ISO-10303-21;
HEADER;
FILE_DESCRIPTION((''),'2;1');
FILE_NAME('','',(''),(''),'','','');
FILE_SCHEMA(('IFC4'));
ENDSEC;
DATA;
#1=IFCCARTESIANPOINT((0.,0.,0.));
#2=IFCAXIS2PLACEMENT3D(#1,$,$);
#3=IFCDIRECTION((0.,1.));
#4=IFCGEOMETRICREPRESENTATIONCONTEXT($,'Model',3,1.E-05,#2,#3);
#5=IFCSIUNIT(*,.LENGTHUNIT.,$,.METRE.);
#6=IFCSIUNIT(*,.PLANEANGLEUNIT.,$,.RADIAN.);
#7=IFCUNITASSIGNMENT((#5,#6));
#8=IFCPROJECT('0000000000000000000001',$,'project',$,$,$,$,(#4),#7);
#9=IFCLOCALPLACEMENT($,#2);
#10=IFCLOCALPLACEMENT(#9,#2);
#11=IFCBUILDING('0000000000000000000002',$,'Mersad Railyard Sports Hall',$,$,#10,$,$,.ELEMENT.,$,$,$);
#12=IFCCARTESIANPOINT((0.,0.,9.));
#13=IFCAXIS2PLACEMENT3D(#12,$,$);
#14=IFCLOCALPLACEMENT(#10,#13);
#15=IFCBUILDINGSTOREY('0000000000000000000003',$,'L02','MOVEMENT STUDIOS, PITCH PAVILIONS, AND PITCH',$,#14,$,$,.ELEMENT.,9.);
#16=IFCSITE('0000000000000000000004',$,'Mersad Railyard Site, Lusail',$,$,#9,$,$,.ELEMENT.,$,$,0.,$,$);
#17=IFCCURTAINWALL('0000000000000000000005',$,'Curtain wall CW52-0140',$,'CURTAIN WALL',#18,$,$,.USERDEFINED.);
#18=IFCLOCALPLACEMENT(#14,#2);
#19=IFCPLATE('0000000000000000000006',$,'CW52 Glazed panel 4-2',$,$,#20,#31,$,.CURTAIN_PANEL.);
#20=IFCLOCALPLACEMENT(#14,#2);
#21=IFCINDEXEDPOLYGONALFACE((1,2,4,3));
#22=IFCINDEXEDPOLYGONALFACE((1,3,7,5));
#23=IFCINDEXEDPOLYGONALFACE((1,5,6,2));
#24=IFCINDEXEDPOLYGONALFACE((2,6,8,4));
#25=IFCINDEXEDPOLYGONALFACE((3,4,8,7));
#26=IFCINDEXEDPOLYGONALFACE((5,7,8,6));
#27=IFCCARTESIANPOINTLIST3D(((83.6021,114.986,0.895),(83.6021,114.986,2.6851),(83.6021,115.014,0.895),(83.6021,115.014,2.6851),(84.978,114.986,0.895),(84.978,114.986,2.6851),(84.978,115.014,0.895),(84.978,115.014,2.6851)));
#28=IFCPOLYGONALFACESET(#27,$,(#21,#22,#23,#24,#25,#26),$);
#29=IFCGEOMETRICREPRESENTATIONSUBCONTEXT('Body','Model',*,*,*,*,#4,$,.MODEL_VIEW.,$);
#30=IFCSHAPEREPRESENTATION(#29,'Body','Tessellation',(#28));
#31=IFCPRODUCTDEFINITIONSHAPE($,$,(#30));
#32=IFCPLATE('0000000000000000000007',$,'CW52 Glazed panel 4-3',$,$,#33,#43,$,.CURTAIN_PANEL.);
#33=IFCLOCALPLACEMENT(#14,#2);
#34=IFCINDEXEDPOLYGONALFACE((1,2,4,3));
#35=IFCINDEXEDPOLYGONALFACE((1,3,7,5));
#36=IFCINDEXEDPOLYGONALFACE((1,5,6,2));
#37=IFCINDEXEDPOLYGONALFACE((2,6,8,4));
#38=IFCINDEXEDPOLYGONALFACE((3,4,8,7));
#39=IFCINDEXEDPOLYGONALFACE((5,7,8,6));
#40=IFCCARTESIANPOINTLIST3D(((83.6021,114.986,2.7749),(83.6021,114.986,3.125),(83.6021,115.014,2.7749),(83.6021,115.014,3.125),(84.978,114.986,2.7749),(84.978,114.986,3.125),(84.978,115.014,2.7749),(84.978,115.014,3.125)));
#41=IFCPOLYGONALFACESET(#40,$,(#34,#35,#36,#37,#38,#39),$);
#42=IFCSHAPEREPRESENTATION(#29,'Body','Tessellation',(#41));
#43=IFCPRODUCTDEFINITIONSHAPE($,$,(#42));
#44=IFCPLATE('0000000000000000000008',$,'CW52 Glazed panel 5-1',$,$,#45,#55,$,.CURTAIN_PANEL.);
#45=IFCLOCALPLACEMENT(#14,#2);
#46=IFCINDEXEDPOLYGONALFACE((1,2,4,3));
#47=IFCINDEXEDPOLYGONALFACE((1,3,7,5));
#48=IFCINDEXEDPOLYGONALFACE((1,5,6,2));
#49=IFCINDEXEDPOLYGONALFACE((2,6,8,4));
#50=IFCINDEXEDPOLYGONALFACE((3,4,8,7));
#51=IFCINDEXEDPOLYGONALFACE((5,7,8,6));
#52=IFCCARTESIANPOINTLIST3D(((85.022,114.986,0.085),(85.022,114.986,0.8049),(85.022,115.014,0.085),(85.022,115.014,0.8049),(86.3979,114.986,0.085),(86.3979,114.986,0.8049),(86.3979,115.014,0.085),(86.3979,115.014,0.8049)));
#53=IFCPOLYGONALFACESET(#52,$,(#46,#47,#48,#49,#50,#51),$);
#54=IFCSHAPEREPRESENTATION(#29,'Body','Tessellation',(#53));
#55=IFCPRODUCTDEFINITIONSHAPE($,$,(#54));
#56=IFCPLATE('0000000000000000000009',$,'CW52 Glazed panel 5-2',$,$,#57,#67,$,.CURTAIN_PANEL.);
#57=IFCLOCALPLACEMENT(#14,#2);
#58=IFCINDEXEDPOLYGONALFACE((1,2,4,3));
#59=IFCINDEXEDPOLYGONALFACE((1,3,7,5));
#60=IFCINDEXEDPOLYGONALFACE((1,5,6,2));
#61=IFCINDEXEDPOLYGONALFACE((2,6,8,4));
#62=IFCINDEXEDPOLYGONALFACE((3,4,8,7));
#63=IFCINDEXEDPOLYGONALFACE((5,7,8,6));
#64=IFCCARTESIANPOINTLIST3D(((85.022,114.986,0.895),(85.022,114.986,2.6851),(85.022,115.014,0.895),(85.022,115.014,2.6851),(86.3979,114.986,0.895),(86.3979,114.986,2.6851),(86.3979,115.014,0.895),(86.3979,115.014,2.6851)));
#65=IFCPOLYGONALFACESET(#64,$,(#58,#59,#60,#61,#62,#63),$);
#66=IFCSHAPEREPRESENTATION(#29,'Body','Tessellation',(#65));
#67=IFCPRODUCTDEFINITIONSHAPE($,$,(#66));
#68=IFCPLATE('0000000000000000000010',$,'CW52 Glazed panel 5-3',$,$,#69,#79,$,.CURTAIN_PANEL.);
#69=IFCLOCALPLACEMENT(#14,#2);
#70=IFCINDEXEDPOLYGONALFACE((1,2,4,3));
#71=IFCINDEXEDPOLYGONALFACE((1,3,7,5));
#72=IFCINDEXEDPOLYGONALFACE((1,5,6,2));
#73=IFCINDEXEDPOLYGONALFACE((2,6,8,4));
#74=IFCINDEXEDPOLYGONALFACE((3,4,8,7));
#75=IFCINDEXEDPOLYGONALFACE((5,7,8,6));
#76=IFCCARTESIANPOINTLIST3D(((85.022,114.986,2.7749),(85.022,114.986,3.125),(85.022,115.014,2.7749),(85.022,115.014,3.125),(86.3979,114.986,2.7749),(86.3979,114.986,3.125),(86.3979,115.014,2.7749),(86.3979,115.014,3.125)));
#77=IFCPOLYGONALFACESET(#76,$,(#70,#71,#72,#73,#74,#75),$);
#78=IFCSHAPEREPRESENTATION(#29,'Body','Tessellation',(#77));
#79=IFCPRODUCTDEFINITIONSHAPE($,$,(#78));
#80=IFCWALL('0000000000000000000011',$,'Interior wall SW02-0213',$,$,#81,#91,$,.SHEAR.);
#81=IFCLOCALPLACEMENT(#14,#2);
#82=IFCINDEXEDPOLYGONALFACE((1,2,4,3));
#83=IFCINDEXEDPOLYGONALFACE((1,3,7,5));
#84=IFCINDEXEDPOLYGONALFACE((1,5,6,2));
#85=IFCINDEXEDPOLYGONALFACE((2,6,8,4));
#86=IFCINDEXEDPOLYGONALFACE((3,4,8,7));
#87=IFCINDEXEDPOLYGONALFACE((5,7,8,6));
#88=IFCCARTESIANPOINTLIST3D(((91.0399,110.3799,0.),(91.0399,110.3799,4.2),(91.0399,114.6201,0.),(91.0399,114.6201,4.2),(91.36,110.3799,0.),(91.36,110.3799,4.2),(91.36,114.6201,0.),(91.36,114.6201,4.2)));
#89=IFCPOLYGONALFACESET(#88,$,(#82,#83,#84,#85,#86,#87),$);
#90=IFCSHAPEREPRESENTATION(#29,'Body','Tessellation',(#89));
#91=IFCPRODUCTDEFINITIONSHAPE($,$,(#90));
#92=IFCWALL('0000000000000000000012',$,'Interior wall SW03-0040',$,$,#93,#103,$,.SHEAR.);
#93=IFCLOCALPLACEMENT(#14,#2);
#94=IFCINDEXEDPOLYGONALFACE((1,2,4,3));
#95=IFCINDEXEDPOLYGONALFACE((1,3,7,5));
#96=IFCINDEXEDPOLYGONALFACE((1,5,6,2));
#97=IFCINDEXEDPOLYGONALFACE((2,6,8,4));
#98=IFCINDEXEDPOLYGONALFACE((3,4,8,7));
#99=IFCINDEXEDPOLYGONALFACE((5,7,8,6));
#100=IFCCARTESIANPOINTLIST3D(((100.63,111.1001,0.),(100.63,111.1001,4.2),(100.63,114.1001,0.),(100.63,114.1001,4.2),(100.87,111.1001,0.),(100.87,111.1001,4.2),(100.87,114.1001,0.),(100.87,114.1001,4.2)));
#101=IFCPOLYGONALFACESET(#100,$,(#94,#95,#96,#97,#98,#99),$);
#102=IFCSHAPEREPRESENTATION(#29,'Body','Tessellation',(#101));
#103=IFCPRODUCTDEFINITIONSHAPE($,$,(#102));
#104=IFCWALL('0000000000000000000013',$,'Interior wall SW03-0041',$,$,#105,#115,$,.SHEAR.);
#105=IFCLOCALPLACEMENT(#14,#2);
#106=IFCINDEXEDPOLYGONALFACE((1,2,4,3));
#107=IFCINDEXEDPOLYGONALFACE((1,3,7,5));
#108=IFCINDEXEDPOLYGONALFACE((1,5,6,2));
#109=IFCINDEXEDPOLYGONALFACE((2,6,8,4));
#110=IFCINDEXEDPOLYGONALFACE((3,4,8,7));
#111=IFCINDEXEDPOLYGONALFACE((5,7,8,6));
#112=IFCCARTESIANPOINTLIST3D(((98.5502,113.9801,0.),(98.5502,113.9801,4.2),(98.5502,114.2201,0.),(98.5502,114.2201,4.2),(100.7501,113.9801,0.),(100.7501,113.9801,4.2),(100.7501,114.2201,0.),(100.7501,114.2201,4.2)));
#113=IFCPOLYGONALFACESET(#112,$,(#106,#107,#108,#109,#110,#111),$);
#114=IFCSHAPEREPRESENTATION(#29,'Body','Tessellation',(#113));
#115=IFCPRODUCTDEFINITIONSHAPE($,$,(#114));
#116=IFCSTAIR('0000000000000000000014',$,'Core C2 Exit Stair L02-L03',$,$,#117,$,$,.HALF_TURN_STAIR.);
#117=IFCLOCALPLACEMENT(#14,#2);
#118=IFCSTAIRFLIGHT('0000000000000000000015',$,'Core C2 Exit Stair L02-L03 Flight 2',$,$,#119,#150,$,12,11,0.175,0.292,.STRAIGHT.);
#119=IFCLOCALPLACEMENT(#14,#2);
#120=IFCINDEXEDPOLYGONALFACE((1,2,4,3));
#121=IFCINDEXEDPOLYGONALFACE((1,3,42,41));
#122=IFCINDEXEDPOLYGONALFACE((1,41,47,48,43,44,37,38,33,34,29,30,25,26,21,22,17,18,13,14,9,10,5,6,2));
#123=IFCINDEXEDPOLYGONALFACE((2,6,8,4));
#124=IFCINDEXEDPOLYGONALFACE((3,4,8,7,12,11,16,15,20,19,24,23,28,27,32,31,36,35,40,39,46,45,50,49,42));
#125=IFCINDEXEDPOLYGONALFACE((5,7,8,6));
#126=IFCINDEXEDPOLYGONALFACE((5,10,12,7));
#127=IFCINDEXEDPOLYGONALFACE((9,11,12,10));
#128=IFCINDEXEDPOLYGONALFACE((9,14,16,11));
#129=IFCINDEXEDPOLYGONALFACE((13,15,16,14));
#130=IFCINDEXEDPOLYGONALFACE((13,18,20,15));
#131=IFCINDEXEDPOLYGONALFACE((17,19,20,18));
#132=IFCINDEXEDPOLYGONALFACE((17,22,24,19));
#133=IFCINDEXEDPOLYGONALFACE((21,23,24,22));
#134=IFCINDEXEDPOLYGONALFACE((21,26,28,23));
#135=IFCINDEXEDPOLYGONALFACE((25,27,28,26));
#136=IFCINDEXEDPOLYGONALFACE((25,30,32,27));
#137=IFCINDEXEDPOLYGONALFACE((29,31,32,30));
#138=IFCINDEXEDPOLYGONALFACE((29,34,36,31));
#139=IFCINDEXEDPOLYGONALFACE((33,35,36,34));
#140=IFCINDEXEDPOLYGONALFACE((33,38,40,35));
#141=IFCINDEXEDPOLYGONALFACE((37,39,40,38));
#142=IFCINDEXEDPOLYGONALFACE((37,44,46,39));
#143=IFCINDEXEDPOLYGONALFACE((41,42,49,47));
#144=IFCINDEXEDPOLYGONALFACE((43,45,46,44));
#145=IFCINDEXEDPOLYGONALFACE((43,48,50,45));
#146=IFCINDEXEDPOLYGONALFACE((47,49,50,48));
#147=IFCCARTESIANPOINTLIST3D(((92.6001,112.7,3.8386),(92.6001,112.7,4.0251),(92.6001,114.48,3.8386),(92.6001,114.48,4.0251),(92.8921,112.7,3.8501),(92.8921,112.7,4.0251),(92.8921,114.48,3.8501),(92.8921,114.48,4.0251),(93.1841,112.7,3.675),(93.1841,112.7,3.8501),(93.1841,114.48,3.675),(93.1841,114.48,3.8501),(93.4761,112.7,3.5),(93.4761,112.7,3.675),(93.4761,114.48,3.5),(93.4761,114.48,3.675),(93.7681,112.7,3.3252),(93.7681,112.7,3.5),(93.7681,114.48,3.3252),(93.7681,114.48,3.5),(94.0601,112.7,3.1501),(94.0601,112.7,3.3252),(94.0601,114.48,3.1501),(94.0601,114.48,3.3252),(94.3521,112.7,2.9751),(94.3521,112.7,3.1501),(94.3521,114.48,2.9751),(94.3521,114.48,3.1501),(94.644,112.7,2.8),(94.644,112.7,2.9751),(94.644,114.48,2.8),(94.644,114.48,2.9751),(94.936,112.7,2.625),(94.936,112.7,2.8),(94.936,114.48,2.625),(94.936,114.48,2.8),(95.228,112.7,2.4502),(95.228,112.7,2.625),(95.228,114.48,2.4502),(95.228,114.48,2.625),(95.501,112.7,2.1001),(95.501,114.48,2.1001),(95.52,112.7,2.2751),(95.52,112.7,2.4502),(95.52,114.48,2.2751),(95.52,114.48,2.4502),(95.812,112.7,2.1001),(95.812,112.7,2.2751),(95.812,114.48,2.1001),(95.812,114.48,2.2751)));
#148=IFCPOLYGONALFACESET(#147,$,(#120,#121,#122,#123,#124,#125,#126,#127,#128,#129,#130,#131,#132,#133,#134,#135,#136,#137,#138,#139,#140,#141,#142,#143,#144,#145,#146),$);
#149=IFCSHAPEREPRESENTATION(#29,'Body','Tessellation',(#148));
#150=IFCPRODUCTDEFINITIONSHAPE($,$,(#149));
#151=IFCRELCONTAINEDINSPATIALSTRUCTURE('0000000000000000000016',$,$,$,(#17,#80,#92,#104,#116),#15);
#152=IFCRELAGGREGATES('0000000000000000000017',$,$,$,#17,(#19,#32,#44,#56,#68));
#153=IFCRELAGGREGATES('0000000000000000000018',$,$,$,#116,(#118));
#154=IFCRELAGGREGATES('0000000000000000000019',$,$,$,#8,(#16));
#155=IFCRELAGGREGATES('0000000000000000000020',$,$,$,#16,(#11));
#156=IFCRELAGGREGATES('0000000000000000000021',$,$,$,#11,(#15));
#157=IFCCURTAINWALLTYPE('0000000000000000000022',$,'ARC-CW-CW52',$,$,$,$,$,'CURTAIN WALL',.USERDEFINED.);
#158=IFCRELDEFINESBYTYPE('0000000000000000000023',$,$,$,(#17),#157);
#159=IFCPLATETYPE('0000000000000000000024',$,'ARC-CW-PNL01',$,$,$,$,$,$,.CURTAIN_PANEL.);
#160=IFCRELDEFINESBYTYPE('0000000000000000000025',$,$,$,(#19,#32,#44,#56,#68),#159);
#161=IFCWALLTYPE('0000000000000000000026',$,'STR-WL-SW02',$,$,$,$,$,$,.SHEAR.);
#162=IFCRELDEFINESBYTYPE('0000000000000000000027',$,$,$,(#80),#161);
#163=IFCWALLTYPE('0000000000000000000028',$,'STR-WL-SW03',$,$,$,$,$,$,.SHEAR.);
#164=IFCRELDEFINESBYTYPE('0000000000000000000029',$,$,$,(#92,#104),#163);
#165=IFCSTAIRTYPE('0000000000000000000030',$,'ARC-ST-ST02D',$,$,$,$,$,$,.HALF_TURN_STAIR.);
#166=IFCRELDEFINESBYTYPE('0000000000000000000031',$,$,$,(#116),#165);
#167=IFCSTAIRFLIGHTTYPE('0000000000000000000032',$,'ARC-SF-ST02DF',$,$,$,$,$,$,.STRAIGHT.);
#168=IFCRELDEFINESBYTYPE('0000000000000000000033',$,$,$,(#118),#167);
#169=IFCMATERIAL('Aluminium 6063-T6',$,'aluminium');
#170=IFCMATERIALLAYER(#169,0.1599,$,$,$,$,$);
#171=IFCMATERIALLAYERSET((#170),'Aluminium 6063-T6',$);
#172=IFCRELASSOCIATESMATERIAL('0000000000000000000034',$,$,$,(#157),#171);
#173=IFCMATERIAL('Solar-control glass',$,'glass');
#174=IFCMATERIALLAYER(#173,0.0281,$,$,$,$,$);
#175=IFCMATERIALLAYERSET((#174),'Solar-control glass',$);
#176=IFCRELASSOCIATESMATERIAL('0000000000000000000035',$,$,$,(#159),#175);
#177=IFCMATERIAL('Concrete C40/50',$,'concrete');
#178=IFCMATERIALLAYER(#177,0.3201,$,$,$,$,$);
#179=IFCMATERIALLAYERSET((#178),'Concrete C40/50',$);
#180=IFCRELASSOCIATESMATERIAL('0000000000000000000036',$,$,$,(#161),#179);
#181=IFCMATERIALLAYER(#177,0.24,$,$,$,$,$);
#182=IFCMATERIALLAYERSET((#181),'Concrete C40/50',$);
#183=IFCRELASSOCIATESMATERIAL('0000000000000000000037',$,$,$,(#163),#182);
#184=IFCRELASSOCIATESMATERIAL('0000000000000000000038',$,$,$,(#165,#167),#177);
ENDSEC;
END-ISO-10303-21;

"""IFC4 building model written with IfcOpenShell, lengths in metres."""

from ifc_helpers import new_model, si_unit, direction, frame, frame_2d, origin, origin_2d, place, context, subcontext, project, spatial, polyline, rectangle, outline, extrude, material, layer, layer_set, type_object, element, aggregate, save


model = new_model("IFC4")

# Units and contexts
model_context = context("Model", 3, precision=1e-05, world=origin(), true_north=direction((0.0, 1.0)))
body_context = subcontext(model_context, "Body", "Model", "MODEL_VIEW")
ifc_project = project(units=[si_unit("LENGTHUNIT", "METRE"), si_unit("PLANEANGLEUNIT", "RADIAN")], contexts=[model_context])

# Site, building, storey
site_placement = place(None, origin())
site = spatial("IfcSite", under=ifc_project, at=site_placement, Name="Mersad Railyard Site, Lusail", CompositionType="ELEMENT", RefElevation=0.0)
building_placement = place(site_placement, origin())
building = spatial("IfcBuilding", under=site, at=building_placement, Name="Mersad Railyard Sports Hall", CompositionType="ELEMENT")
storey_placement = place(building_placement, frame((0.0, 0.0, 9.0)))
storey = spatial("IfcBuildingStorey", under=building, at=storey_placement, Name="L02", Description="MOVEMENT STUDIOS, PITCH PAVILIONS, AND PITCH", CompositionType="ELEMENT", Elevation=9.0)

# Curtain wall, plates
ifc_material_1 = material(Name="Aluminium 6063-T6", Category="aluminium")
ifc_layer_1 = layer(ifc_material_1, 0.1599)
ifc_layer_set_1 = layer_set([ifc_layer_1], Name="Aluminium 6063-T6")
curtain_wall_type = type_object("IfcCurtainWallType", Name="ARC-CW-CW52", ElementType="CURTAIN WALL", PredefinedType="USERDEFINED", material=ifc_layer_set_1)
curtain_wall_placement = place(storey_placement, origin())
curtain_wall = element("IfcCurtainWall", 1, at=curtain_wall_placement, inside=storey, type_object=curtain_wall_type, Name="Curtain wall CW52-0140", ObjectType="CURTAIN WALL", PredefinedType="USERDEFINED")
ifc_material_2 = material(Name="Solar-control glass", Category="glass")
ifc_layer_2 = layer(ifc_material_2, 0.0281)
ifc_layer_set_2 = layer_set([ifc_layer_2], Name="Solar-control glass")
plate_type = type_object("IfcPlateType", Name="ARC-CW-PNL01", PredefinedType="CURTAIN_PANEL", material=ifc_layer_set_2)
plate_1_placement = place(storey_placement, frame((84.29, 115.0, 0.895), z_axis=(0.0, 0.0, 1.0), x_axis=(1.0, 0.0, 0.0)))
plate_1 = element("IfcPlate", 2, at=plate_1_placement, type_object=plate_type, Name="CW52 Glazed panel 4-2", PredefinedType="CURTAIN_PANEL", context=body_context, shape_type="SweptSolid", body=[
    extrude(rectangle(XDim=1.376, YDim=0.0281, at=origin_2d()), origin(), (0.0, 0.0, 1.0), 1.79),
])
plate_2_placement = place(storey_placement, frame((84.29, 115.0, 2.7749), z_axis=(0.0, 0.0, 1.0), x_axis=(1.0, 0.0, 0.0)))
plate_2 = element("IfcPlate", 3, at=plate_2_placement, type_object=plate_type, Name="CW52 Glazed panel 4-3", PredefinedType="CURTAIN_PANEL", context=body_context, shape_type="SweptSolid", body=[
    extrude(rectangle(XDim=1.376, YDim=0.0281, at=origin_2d()), origin(), (0.0, 0.0, 1.0), 0.3501),
])
plate_3_placement = place(storey_placement, frame((85.71, 115.0, 0.085), z_axis=(0.0, 0.0, 1.0), x_axis=(1.0, 0.0, 0.0)))
plate_3 = element("IfcPlate", 4, at=plate_3_placement, type_object=plate_type, Name="CW52 Glazed panel 5-1", PredefinedType="CURTAIN_PANEL", context=body_context, shape_type="SweptSolid", body=[
    extrude(rectangle(XDim=1.376, YDim=0.0281, at=origin_2d()), origin(), (0.0, 0.0, 1.0), 0.72),
])
plate_4_placement = place(storey_placement, frame((85.71, 115.0, 0.895), z_axis=(0.0, 0.0, 1.0), x_axis=(1.0, 0.0, 0.0)))
plate_4 = element("IfcPlate", 5, at=plate_4_placement, type_object=plate_type, Name="CW52 Glazed panel 5-2", PredefinedType="CURTAIN_PANEL", context=body_context, shape_type="SweptSolid", body=[
    extrude(rectangle(XDim=1.376, YDim=0.0281, at=origin_2d()), origin(), (0.0, 0.0, 1.0), 1.79),
])
plate_5_placement = place(storey_placement, frame((85.71, 115.0, 2.7749), z_axis=(0.0, 0.0, 1.0), x_axis=(1.0, 0.0, 0.0)))
plate_5 = element("IfcPlate", 6, at=plate_5_placement, type_object=plate_type, Name="CW52 Glazed panel 5-3", PredefinedType="CURTAIN_PANEL", context=body_context, shape_type="SweptSolid", body=[
    extrude(rectangle(XDim=1.376, YDim=0.0281, at=origin_2d()), origin(), (0.0, 0.0, 1.0), 0.3501),
])
aggregate(curtain_wall, [plate_1, plate_2, plate_3, plate_4, plate_5])

# Walls
ifc_material_3 = material(Name="Concrete C40/50", Category="concrete")
ifc_layer_3 = layer(ifc_material_3, 0.3201)
ifc_layer_set_3 = layer_set([ifc_layer_3], Name="Concrete C40/50")
wall_type_1 = type_object("IfcWallType", Name="STR-WL-SW02", PredefinedType="SHEAR", material=ifc_layer_set_3)
wall_1_placement = place(storey_placement, frame((91.2, 114.6201, 0.0), z_axis=(0.0, 0.0, 1.0), x_axis=(0.0, -1.0, 0.0)))
element("IfcWall", 7, at=wall_1_placement, inside=storey, type_object=wall_type_1, Name="Interior wall SW02-0213", PredefinedType="SHEAR", context=body_context, shape_type="SweptSolid", body=[
    extrude(rectangle(XDim=4.2402, YDim=0.3201, at=frame_2d((2.1201, 0.0))), origin(), (0.0, 0.0, 1.0), 4.2),
])
ifc_layer_4 = layer(ifc_material_3, 0.24)
ifc_layer_set_4 = layer_set([ifc_layer_4], Name="Concrete C40/50")
wall_type_2 = type_object("IfcWallType", Name="STR-WL-SW03", PredefinedType="SHEAR", material=ifc_layer_set_4)
wall_2_placement = place(storey_placement, frame((100.75, 114.1001, 0.0), z_axis=(0.0, 0.0, 1.0), x_axis=(0.0, -1.0, 0.0)))
element("IfcWall", 8, at=wall_2_placement, inside=storey, type_object=wall_type_2, Name="Interior wall SW03-0040", PredefinedType="SHEAR", context=body_context, shape_type="SweptSolid", body=[
    extrude(rectangle(XDim=3.0, YDim=0.24, at=frame_2d((1.5, 0.0))), origin(), (0.0, 0.0, 1.0), 4.2),
])
wall_3_placement = place(storey_placement, frame((98.55, 114.1001, 0.0), z_axis=(0.0, 0.0, 1.0), x_axis=(1.0, 0.0, 0.0)))
element("IfcWall", 9, at=wall_3_placement, inside=storey, type_object=wall_type_2, Name="Interior wall SW03-0041", PredefinedType="SHEAR", context=body_context, shape_type="SweptSolid", body=[
    extrude(rectangle(XDim=2.2, YDim=0.24, at=frame_2d((1.1001, 0.0))), origin(), (0.0, 0.0, 1.0), 4.2),
])

# Stair, stair flight
stair_type = type_object("IfcStairType", Name="ARC-ST-ST02D", PredefinedType="HALF_TURN_STAIR", material=ifc_material_3)
stair_placement = place(storey_placement, origin())
stair = element("IfcStair", 10, at=stair_placement, inside=storey, type_object=stair_type, Name="Core C2 Exit Stair L02-L03", PredefinedType="HALF_TURN_STAIR")
stair_flight_type = type_object("IfcStairFlightType", Name="ARC-SF-ST02DF", PredefinedType="STRAIGHT", material=ifc_material_3)
stair_flight_placement = place(storey_placement, frame((95.812, 113.5901, 2.1001), z_axis=(0.0, 0.0, 1.0), x_axis=(-1.0, 0.0, 0.0)))
stair_flight = element("IfcStairFlight", 11, at=stair_flight_placement, type_object=stair_flight_type, Name="Core C2 Exit Stair L02-L03 Flight 2", NumberOfRisers=12, NumberOfTreads=11, PredefinedType="STRAIGHT", RiserHeight=0.175, TreadLength=0.292, context=body_context, shape_type="SweptSolid", body=[
    extrude(outline(polyline([(0.0, 0.0), (0.0, 0.175), (0.292, 0.175), (0.292, 0.3501), (0.584, 0.3501), (0.584, 0.5249), (0.876, 0.5249), (0.876, 0.7), (1.168, 0.7), (1.168, 0.875), (1.46, 0.875), (1.46, 1.05), (1.752, 1.05), (1.752, 1.2251), (2.0439, 1.2251), (2.0439, 1.3999), (2.3359, 1.3999), (2.3359, 1.575), (2.6279, 1.575), (2.6279, 1.75), (2.9199, 1.75), (2.9199, 1.925), (3.2119, 1.925), (3.2119, 2.1001), (3.2119, 1.7385), (0.311, 0.0), (0.0, 0.0)])), frame((0.0, 0.8901, 0.0), z_axis=(0.0, -1.0, 0.0), x_axis=(1.0, 0.0, 0.0)), (0.0, 0.0, 1.0), 1.78),
])
aggregate(stair, [stair_flight])

save(model, "model.ifc")
